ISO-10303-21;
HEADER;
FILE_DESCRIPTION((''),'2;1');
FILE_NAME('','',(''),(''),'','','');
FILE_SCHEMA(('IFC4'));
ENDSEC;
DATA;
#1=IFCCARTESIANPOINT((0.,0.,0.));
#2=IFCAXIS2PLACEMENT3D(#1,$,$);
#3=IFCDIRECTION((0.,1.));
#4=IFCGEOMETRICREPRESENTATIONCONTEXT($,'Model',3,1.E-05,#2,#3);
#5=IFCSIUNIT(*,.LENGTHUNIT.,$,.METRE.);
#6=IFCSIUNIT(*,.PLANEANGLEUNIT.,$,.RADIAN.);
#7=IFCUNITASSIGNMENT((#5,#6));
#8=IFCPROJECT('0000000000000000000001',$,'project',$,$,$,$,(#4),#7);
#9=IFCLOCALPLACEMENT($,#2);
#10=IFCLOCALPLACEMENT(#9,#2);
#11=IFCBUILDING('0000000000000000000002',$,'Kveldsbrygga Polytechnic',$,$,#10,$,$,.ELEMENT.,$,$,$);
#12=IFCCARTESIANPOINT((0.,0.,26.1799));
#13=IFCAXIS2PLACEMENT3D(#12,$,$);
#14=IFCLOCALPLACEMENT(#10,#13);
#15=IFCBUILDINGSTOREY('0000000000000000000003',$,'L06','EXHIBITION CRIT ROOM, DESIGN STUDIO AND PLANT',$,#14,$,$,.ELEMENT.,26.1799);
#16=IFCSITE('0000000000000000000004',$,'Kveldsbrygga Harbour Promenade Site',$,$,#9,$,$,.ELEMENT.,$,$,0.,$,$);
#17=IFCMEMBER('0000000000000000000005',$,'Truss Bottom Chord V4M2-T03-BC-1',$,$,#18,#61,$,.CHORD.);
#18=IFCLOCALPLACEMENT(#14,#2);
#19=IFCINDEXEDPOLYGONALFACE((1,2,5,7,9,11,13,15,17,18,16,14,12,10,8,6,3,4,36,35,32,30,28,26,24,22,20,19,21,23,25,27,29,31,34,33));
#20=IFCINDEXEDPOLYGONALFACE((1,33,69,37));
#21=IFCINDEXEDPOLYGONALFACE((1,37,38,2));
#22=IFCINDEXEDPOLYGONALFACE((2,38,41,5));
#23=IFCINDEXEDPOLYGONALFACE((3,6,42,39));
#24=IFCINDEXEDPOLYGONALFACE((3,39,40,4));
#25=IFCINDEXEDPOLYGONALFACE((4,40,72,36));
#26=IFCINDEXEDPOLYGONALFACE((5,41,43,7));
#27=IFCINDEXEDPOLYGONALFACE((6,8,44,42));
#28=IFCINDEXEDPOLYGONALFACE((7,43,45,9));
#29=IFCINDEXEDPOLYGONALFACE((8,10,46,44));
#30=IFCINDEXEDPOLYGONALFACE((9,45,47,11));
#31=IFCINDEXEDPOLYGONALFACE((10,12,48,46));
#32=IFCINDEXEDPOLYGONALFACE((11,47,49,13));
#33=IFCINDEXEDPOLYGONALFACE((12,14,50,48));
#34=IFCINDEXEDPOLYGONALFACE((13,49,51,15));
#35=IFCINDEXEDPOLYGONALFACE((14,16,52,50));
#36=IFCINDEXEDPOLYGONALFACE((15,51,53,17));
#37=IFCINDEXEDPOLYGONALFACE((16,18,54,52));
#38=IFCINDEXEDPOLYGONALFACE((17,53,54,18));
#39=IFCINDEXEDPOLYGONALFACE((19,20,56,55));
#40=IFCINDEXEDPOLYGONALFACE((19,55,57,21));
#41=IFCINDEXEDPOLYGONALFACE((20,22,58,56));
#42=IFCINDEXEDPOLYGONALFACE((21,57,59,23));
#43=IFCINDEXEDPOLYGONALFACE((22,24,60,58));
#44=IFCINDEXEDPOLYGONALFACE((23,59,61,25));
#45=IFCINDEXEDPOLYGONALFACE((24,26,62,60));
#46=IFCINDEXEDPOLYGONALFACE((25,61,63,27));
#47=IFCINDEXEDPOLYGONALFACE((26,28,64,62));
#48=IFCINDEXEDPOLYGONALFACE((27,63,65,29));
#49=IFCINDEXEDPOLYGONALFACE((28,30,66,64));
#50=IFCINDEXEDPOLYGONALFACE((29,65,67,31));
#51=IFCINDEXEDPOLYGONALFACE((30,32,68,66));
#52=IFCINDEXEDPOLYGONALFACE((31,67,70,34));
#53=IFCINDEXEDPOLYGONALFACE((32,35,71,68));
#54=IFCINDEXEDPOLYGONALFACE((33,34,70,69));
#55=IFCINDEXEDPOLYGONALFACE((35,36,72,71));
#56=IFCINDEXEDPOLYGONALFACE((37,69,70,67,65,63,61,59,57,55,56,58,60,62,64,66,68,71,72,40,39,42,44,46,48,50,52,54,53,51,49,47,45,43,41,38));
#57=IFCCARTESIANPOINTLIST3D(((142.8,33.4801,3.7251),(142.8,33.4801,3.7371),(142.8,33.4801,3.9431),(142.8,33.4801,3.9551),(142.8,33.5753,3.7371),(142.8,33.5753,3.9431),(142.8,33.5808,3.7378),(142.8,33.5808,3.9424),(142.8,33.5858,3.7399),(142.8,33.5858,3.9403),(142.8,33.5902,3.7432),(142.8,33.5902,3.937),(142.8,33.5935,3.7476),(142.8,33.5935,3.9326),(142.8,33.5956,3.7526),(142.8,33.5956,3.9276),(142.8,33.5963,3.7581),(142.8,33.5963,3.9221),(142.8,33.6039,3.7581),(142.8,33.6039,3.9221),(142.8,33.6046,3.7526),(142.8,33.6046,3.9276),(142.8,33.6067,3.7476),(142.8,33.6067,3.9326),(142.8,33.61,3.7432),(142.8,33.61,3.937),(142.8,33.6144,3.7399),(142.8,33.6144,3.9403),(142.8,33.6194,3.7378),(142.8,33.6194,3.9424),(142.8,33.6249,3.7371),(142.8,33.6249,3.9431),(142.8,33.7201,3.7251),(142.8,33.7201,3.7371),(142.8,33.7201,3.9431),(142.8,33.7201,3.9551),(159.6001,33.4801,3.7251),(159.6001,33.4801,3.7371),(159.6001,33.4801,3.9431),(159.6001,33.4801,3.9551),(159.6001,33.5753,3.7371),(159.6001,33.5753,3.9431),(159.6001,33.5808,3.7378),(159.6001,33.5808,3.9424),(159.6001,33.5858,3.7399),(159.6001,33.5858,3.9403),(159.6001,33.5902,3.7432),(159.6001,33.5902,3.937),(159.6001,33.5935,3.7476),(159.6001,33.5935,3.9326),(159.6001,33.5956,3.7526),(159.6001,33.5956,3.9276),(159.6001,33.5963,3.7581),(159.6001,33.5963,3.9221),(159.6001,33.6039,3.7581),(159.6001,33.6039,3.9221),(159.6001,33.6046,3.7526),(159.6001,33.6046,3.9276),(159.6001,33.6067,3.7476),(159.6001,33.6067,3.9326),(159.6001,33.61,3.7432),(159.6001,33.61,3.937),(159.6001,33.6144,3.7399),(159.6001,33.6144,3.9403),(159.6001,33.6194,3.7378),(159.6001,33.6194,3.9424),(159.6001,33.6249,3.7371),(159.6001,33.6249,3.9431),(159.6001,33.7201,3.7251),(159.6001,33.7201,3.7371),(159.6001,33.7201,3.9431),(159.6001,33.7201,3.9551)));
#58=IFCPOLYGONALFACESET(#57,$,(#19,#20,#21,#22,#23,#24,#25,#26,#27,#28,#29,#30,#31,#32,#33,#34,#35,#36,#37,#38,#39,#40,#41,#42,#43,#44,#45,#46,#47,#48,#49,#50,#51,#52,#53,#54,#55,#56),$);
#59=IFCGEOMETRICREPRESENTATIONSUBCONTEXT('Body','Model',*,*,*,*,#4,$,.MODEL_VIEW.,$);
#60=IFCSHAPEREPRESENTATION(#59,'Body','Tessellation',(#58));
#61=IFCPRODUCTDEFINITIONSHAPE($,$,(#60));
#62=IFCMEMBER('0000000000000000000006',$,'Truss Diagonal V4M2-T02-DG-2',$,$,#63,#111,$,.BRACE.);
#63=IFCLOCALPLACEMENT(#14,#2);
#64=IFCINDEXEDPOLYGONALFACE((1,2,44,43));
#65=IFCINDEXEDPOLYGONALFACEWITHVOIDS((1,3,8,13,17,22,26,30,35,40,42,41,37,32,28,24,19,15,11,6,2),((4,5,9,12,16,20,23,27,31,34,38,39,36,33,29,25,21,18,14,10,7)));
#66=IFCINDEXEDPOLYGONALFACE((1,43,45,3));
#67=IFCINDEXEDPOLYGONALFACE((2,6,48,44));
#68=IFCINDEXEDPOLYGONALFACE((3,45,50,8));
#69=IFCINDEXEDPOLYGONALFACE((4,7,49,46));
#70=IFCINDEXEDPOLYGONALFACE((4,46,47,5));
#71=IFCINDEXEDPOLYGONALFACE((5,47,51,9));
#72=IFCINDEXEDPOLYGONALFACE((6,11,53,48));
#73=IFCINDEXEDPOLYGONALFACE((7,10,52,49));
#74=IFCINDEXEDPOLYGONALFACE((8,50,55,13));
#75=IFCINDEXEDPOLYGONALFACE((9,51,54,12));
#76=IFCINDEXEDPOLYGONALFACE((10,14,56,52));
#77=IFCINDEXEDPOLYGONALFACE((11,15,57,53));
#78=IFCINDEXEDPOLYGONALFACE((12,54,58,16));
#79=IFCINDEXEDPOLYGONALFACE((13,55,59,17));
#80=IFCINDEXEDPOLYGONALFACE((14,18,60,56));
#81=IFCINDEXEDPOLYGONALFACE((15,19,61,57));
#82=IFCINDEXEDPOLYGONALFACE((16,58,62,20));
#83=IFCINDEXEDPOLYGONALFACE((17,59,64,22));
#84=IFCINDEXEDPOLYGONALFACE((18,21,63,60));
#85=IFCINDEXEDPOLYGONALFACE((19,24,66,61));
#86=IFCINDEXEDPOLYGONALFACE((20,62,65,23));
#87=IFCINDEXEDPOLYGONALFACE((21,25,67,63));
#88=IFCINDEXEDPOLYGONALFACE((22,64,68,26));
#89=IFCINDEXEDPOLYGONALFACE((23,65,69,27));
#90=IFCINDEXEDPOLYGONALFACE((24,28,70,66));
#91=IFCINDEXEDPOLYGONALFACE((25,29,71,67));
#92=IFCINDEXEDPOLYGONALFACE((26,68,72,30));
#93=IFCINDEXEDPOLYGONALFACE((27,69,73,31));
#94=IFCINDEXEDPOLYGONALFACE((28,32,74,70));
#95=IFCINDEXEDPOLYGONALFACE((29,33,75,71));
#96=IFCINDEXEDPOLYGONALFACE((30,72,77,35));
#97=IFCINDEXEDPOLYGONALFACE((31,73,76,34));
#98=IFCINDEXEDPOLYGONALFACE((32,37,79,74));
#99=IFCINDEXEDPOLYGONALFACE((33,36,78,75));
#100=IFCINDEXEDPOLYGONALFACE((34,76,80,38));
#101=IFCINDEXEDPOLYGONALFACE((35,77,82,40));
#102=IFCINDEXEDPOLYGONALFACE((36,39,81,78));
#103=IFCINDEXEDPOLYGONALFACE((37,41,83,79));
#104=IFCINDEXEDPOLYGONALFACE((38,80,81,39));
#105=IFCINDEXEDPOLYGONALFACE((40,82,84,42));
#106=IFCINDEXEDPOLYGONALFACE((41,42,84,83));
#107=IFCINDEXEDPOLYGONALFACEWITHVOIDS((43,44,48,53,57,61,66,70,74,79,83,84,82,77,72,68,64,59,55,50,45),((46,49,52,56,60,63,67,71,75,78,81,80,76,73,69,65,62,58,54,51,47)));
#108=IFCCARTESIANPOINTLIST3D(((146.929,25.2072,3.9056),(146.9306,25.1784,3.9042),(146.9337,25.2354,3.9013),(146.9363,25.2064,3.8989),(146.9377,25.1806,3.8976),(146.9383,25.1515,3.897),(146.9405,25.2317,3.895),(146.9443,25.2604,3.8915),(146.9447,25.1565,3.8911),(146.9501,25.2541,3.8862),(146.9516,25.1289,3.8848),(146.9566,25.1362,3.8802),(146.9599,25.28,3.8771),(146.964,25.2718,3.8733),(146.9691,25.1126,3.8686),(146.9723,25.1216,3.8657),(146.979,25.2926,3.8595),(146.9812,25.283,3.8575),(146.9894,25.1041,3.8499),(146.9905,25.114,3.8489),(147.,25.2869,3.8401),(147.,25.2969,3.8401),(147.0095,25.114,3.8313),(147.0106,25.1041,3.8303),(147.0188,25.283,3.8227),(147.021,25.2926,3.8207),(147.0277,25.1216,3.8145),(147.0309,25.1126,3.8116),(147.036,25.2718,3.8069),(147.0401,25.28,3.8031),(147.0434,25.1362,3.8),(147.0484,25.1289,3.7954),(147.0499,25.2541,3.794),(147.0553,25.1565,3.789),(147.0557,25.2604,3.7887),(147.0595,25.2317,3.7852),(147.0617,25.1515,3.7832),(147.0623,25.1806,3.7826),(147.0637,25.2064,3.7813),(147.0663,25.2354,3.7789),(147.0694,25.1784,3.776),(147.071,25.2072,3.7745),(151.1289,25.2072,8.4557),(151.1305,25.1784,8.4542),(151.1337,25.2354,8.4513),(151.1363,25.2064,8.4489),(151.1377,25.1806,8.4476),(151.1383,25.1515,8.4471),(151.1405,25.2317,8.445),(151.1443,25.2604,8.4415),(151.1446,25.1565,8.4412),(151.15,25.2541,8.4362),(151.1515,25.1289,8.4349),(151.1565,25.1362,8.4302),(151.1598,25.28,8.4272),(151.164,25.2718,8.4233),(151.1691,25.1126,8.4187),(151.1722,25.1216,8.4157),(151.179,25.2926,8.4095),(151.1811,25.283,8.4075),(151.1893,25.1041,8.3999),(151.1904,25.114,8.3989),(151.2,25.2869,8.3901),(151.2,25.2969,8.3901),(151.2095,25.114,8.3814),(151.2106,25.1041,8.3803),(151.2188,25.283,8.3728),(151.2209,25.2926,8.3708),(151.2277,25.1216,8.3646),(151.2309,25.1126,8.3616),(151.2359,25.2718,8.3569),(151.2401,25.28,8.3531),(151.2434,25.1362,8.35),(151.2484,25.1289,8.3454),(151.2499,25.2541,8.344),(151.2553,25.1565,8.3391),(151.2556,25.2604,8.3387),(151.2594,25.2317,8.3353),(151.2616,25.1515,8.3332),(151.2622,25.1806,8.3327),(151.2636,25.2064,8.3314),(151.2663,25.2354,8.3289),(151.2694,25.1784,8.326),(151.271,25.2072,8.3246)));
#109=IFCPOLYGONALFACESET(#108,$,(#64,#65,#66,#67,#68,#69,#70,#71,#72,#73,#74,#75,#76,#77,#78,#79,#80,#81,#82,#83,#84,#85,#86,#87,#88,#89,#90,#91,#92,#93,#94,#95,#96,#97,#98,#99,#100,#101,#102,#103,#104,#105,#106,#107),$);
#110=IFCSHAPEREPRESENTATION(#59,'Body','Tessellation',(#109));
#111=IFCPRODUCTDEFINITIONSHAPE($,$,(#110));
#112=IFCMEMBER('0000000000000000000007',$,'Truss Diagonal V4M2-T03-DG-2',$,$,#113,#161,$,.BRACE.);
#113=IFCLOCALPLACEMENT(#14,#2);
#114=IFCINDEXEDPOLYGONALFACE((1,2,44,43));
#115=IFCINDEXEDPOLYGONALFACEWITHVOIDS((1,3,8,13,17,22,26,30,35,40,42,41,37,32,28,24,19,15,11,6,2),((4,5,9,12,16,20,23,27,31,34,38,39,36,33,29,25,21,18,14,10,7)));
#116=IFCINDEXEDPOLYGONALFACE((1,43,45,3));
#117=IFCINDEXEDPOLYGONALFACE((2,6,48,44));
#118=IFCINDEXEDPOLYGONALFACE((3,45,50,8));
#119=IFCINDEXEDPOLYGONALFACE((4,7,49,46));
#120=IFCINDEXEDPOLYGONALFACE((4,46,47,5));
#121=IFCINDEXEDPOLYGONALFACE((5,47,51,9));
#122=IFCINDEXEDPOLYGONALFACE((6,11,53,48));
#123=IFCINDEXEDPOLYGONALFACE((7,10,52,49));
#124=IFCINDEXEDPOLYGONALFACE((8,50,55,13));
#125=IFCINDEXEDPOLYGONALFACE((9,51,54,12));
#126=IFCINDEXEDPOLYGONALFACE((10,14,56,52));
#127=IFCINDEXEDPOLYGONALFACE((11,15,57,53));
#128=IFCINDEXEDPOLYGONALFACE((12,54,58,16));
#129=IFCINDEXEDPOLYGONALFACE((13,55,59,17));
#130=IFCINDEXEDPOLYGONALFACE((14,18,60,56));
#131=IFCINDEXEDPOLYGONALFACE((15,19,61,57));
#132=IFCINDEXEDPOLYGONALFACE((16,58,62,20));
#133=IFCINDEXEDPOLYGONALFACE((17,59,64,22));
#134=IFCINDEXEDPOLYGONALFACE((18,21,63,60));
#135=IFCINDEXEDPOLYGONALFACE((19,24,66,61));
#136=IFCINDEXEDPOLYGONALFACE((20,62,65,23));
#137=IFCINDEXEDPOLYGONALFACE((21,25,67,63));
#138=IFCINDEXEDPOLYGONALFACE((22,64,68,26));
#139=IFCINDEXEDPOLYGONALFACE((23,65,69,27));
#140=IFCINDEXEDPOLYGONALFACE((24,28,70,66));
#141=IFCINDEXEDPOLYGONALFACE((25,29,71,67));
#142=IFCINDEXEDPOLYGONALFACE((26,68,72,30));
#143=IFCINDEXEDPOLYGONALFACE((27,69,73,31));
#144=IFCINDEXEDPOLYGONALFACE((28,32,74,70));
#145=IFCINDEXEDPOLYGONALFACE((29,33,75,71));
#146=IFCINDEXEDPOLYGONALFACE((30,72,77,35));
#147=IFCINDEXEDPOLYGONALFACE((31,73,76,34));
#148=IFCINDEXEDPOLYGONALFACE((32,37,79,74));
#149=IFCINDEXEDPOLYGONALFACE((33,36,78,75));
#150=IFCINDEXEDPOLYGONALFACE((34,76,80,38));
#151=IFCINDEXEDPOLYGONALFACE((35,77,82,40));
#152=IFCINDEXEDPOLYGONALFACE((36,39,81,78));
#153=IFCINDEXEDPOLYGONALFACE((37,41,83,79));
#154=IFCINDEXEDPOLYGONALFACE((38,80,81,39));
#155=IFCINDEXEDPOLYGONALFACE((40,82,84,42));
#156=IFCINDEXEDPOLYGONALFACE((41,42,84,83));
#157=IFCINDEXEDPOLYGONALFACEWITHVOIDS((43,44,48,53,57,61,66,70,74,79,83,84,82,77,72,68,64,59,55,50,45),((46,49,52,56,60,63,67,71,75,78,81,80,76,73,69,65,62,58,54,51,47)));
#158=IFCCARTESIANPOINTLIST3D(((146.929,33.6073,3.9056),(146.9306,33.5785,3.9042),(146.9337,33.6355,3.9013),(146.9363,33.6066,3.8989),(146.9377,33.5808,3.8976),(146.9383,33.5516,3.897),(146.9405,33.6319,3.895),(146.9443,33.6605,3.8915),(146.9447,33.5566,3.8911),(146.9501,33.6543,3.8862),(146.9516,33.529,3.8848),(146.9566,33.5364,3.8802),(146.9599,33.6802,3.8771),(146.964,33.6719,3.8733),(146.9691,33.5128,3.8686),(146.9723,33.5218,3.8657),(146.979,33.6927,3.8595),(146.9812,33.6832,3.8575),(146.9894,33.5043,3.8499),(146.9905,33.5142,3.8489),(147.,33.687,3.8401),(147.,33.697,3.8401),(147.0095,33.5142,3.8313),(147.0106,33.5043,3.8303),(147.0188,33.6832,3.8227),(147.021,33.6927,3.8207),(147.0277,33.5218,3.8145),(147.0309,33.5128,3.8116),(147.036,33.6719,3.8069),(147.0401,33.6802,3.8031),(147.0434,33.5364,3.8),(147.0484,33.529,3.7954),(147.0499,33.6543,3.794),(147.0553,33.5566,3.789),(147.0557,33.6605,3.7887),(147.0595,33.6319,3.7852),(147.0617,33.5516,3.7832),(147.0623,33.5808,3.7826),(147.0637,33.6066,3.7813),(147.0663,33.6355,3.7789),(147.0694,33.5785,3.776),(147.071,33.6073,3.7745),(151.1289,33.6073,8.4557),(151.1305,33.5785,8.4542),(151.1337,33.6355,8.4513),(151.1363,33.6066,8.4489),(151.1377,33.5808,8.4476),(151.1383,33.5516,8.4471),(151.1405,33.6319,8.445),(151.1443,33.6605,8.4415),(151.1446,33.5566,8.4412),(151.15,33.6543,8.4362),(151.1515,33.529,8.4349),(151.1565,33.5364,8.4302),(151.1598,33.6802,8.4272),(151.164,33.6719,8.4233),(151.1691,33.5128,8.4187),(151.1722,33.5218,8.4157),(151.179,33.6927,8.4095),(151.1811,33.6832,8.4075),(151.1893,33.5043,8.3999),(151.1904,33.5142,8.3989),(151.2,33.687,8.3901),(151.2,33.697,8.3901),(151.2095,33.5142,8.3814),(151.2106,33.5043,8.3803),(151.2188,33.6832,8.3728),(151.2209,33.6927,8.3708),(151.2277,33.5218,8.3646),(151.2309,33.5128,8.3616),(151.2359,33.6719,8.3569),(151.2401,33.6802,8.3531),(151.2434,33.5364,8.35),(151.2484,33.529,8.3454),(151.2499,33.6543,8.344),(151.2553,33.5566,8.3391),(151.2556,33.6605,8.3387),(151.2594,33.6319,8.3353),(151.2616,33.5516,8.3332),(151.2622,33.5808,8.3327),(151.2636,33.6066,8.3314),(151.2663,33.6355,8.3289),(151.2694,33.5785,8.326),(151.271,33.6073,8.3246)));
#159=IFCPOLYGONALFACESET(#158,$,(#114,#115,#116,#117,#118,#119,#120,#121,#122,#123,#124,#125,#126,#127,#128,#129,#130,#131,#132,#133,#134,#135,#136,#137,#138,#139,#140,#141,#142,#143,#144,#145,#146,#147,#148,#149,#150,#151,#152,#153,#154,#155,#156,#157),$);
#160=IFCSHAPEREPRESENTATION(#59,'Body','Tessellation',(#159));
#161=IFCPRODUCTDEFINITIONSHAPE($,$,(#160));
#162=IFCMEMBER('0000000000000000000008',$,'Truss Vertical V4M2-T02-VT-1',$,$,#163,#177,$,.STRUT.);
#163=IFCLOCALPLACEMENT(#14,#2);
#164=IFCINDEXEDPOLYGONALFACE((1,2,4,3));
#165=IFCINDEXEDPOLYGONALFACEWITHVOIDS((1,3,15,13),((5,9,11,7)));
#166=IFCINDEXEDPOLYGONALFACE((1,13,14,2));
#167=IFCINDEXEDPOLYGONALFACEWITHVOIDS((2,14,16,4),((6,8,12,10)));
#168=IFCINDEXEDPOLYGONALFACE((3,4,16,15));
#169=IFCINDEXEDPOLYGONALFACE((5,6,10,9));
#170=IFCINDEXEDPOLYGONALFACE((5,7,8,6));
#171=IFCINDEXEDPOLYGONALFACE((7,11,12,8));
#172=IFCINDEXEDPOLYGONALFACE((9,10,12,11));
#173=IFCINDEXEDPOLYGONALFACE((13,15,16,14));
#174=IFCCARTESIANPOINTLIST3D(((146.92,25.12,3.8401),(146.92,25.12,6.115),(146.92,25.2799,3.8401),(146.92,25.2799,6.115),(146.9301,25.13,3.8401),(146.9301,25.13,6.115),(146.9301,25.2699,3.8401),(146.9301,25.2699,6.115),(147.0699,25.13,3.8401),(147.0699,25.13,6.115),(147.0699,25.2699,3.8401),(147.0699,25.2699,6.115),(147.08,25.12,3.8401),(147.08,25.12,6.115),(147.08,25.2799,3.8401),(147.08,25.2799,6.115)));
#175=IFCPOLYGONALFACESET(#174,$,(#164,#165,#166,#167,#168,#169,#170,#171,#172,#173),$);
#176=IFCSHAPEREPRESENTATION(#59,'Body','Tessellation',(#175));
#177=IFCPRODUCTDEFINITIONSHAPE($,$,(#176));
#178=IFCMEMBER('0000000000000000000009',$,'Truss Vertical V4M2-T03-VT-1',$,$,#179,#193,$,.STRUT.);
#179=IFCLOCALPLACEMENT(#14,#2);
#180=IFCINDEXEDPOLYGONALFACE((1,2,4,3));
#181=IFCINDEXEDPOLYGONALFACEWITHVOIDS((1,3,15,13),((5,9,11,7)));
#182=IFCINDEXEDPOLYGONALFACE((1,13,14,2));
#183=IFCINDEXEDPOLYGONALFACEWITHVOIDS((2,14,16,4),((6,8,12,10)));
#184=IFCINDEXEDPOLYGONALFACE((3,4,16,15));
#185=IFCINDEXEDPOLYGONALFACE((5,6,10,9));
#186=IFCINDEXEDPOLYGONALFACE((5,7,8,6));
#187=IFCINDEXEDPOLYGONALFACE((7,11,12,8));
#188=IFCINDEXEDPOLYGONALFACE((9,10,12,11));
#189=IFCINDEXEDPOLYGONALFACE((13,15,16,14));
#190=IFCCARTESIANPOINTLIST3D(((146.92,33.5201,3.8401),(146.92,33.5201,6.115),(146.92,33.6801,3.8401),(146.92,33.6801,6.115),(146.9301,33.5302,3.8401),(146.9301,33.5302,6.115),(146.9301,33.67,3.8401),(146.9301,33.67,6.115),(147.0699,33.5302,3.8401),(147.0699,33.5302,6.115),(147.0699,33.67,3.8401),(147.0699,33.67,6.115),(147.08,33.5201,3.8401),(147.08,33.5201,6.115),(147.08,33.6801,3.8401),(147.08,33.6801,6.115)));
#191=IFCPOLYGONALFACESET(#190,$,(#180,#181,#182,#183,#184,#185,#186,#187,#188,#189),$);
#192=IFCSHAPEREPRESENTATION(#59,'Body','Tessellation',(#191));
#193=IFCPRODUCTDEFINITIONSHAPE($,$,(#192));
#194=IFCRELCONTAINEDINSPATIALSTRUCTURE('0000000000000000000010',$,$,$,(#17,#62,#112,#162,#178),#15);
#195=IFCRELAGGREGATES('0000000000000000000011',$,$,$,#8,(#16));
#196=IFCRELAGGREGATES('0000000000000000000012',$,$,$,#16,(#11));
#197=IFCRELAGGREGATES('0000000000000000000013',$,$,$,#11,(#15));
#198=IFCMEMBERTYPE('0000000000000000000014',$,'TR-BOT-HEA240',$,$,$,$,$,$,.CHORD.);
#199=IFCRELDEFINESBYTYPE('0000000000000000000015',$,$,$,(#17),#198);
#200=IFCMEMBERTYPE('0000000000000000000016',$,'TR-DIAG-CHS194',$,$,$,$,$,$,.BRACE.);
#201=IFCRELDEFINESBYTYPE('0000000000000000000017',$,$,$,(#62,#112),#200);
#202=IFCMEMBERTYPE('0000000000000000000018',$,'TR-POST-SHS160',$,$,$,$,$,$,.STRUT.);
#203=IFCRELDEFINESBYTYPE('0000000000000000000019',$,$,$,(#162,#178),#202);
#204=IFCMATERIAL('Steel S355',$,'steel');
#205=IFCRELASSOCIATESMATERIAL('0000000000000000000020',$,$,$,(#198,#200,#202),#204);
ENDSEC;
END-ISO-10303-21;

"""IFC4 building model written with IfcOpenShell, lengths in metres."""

from ifc_helpers import new_model, si_unit, direction, frame, origin, origin_2d, place, context, subcontext, project, spatial, hollow_rectangle, hollow_circle, i_section, extrude, material, material_profile, profile_set, type_object, element, save


model = new_model("IFC4")

# Units and contexts
model_context = context("Model", 3, precision=1e-05, world=origin(), true_north=direction((0.0, 1.0)))
body_context = subcontext(model_context, "Body", "Model", "MODEL_VIEW")
ifc_project = project(units=[si_unit("LENGTHUNIT", "METRE"), si_unit("PLANEANGLEUNIT", "RADIAN")], contexts=[model_context])

# Site, building, storey
site_placement = place(None, origin())
site = spatial("IfcSite", under=ifc_project, at=site_placement, Name="Kveldsbrygga Harbour Promenade Site", CompositionType="ELEMENT", RefElevation=0.0)
building_placement = place(site_placement, origin())
building = spatial("IfcBuilding", under=site, at=building_placement, Name="Kveldsbrygga Polytechnic", CompositionType="ELEMENT")
storey_placement = place(building_placement, frame((0.0, 0.0, 26.1799)))
storey = spatial("IfcBuildingStorey", under=building, at=storey_placement, Name="L06", Description="EXHIBITION CRIT ROOM, DESIGN STUDIO AND PLANT", CompositionType="ELEMENT", Elevation=26.1799)

# Shared definitions
ifc_material_1 = material(Name="Steel S355", Category="steel")

# Members
ifc_material_profile_1 = material_profile(ifc_material_1, i_section(OverallWidth=0.24, OverallDepth=0.23, WebThickness=0.0076, FlangeThickness=0.012, FilletRadius=0.021, at=origin_2d()), Name="HEA 240")
ifc_profile_set_1 = profile_set([ifc_material_profile_1], Name="Steel S355")
member_type_1 = type_object("IfcMemberType", Name="TR-BOT-HEA240", PredefinedType="CHORD", material=ifc_profile_set_1)
member_1_placement = place(storey_placement, frame((142.8, 33.6001, 3.8401), z_axis=(1.0, 0.0, 0.0), x_axis=(0.0, 1.0, 0.0)))
element("IfcMember", 1, at=member_1_placement, inside=storey, type_object=member_type_1, Name="Truss Bottom Chord V4M2-T03-BC-1", PredefinedType="CHORD", context=body_context, shape_type="SweptSolid", body=[
    extrude(i_section(OverallWidth=0.24, OverallDepth=0.23, WebThickness=0.0076, FlangeThickness=0.012, FilletRadius=0.021, at=origin_2d()), origin(), (0.0, 0.0, 1.0), 16.8),
])
ifc_material_profile_2 = material_profile(ifc_material_1, hollow_circle(Radius=0.0969, WallThickness=0.01, at=origin_2d()), Name="CHS 193.7x10.0")
ifc_profile_set_2 = profile_set([ifc_material_profile_2], Name="Steel S355")
member_type_2 = type_object("IfcMemberType", Name="TR-DIAG-CHS194", PredefinedType="BRACE", material=ifc_profile_set_2)
for number, where, z_axis, x_axis, name in (
    (2, (147.0, 25.2, 3.8401), (0.678272, 0.0, 0.734811), (0.0, 1.0, 0.0), "Truss Diagonal V4M2-T02-DG-2"),
    (3, (147.0, 33.6001, 3.8401), (0.678272, 0.0, 0.734811), (0.0, 1.0, 0.0), "Truss Diagonal V4M2-T03-DG-2"),
):
    element("IfcMember", number, at=place(storey_placement, frame(where, z_axis=z_axis, x_axis=x_axis)), inside=storey, type_object=member_type_2, Name=name, PredefinedType="BRACE", context=body_context, shape_type="SweptSolid", body=[
        extrude(hollow_circle(Radius=0.0969, WallThickness=0.01, at=origin_2d()), origin(), (0.0, 0.0, 1.0), 6.1921),
    ])
ifc_material_profile_3 = material_profile(ifc_material_1, hollow_rectangle(XDim=0.1599, YDim=0.1599, WallThickness=0.01, at=origin_2d()), Name="SHS 160x160x10.0")
ifc_profile_set_3 = profile_set([ifc_material_profile_3], Name="Steel S355")
member_type_3 = type_object("IfcMemberType", Name="TR-POST-SHS160", PredefinedType="STRUT", material=ifc_profile_set_3)
for number, where, z_axis, x_axis, name in (
    (4, (147.0, 25.2, 3.8401), (0.0, 0.0, 1.0), (1.0, 0.0, 0.0), "Truss Vertical V4M2-T02-VT-1"),
    (5, (147.0, 33.6001, 3.8401), (0.0, 0.0, 1.0), (1.0, 0.0, 0.0), "Truss Vertical V4M2-T03-VT-1"),
):
    element("IfcMember", number, at=place(storey_placement, frame(where, z_axis=z_axis, x_axis=x_axis)), inside=storey, type_object=member_type_3, Name=name, PredefinedType="STRUT", context=body_context, shape_type="SweptSolid", body=[
        extrude(hollow_rectangle(XDim=0.1599, YDim=0.1599, WallThickness=0.01, at=origin_2d()), origin(), (0.0, 0.0, 1.0), 2.2749),
    ])

save(model, "model.ifc")
